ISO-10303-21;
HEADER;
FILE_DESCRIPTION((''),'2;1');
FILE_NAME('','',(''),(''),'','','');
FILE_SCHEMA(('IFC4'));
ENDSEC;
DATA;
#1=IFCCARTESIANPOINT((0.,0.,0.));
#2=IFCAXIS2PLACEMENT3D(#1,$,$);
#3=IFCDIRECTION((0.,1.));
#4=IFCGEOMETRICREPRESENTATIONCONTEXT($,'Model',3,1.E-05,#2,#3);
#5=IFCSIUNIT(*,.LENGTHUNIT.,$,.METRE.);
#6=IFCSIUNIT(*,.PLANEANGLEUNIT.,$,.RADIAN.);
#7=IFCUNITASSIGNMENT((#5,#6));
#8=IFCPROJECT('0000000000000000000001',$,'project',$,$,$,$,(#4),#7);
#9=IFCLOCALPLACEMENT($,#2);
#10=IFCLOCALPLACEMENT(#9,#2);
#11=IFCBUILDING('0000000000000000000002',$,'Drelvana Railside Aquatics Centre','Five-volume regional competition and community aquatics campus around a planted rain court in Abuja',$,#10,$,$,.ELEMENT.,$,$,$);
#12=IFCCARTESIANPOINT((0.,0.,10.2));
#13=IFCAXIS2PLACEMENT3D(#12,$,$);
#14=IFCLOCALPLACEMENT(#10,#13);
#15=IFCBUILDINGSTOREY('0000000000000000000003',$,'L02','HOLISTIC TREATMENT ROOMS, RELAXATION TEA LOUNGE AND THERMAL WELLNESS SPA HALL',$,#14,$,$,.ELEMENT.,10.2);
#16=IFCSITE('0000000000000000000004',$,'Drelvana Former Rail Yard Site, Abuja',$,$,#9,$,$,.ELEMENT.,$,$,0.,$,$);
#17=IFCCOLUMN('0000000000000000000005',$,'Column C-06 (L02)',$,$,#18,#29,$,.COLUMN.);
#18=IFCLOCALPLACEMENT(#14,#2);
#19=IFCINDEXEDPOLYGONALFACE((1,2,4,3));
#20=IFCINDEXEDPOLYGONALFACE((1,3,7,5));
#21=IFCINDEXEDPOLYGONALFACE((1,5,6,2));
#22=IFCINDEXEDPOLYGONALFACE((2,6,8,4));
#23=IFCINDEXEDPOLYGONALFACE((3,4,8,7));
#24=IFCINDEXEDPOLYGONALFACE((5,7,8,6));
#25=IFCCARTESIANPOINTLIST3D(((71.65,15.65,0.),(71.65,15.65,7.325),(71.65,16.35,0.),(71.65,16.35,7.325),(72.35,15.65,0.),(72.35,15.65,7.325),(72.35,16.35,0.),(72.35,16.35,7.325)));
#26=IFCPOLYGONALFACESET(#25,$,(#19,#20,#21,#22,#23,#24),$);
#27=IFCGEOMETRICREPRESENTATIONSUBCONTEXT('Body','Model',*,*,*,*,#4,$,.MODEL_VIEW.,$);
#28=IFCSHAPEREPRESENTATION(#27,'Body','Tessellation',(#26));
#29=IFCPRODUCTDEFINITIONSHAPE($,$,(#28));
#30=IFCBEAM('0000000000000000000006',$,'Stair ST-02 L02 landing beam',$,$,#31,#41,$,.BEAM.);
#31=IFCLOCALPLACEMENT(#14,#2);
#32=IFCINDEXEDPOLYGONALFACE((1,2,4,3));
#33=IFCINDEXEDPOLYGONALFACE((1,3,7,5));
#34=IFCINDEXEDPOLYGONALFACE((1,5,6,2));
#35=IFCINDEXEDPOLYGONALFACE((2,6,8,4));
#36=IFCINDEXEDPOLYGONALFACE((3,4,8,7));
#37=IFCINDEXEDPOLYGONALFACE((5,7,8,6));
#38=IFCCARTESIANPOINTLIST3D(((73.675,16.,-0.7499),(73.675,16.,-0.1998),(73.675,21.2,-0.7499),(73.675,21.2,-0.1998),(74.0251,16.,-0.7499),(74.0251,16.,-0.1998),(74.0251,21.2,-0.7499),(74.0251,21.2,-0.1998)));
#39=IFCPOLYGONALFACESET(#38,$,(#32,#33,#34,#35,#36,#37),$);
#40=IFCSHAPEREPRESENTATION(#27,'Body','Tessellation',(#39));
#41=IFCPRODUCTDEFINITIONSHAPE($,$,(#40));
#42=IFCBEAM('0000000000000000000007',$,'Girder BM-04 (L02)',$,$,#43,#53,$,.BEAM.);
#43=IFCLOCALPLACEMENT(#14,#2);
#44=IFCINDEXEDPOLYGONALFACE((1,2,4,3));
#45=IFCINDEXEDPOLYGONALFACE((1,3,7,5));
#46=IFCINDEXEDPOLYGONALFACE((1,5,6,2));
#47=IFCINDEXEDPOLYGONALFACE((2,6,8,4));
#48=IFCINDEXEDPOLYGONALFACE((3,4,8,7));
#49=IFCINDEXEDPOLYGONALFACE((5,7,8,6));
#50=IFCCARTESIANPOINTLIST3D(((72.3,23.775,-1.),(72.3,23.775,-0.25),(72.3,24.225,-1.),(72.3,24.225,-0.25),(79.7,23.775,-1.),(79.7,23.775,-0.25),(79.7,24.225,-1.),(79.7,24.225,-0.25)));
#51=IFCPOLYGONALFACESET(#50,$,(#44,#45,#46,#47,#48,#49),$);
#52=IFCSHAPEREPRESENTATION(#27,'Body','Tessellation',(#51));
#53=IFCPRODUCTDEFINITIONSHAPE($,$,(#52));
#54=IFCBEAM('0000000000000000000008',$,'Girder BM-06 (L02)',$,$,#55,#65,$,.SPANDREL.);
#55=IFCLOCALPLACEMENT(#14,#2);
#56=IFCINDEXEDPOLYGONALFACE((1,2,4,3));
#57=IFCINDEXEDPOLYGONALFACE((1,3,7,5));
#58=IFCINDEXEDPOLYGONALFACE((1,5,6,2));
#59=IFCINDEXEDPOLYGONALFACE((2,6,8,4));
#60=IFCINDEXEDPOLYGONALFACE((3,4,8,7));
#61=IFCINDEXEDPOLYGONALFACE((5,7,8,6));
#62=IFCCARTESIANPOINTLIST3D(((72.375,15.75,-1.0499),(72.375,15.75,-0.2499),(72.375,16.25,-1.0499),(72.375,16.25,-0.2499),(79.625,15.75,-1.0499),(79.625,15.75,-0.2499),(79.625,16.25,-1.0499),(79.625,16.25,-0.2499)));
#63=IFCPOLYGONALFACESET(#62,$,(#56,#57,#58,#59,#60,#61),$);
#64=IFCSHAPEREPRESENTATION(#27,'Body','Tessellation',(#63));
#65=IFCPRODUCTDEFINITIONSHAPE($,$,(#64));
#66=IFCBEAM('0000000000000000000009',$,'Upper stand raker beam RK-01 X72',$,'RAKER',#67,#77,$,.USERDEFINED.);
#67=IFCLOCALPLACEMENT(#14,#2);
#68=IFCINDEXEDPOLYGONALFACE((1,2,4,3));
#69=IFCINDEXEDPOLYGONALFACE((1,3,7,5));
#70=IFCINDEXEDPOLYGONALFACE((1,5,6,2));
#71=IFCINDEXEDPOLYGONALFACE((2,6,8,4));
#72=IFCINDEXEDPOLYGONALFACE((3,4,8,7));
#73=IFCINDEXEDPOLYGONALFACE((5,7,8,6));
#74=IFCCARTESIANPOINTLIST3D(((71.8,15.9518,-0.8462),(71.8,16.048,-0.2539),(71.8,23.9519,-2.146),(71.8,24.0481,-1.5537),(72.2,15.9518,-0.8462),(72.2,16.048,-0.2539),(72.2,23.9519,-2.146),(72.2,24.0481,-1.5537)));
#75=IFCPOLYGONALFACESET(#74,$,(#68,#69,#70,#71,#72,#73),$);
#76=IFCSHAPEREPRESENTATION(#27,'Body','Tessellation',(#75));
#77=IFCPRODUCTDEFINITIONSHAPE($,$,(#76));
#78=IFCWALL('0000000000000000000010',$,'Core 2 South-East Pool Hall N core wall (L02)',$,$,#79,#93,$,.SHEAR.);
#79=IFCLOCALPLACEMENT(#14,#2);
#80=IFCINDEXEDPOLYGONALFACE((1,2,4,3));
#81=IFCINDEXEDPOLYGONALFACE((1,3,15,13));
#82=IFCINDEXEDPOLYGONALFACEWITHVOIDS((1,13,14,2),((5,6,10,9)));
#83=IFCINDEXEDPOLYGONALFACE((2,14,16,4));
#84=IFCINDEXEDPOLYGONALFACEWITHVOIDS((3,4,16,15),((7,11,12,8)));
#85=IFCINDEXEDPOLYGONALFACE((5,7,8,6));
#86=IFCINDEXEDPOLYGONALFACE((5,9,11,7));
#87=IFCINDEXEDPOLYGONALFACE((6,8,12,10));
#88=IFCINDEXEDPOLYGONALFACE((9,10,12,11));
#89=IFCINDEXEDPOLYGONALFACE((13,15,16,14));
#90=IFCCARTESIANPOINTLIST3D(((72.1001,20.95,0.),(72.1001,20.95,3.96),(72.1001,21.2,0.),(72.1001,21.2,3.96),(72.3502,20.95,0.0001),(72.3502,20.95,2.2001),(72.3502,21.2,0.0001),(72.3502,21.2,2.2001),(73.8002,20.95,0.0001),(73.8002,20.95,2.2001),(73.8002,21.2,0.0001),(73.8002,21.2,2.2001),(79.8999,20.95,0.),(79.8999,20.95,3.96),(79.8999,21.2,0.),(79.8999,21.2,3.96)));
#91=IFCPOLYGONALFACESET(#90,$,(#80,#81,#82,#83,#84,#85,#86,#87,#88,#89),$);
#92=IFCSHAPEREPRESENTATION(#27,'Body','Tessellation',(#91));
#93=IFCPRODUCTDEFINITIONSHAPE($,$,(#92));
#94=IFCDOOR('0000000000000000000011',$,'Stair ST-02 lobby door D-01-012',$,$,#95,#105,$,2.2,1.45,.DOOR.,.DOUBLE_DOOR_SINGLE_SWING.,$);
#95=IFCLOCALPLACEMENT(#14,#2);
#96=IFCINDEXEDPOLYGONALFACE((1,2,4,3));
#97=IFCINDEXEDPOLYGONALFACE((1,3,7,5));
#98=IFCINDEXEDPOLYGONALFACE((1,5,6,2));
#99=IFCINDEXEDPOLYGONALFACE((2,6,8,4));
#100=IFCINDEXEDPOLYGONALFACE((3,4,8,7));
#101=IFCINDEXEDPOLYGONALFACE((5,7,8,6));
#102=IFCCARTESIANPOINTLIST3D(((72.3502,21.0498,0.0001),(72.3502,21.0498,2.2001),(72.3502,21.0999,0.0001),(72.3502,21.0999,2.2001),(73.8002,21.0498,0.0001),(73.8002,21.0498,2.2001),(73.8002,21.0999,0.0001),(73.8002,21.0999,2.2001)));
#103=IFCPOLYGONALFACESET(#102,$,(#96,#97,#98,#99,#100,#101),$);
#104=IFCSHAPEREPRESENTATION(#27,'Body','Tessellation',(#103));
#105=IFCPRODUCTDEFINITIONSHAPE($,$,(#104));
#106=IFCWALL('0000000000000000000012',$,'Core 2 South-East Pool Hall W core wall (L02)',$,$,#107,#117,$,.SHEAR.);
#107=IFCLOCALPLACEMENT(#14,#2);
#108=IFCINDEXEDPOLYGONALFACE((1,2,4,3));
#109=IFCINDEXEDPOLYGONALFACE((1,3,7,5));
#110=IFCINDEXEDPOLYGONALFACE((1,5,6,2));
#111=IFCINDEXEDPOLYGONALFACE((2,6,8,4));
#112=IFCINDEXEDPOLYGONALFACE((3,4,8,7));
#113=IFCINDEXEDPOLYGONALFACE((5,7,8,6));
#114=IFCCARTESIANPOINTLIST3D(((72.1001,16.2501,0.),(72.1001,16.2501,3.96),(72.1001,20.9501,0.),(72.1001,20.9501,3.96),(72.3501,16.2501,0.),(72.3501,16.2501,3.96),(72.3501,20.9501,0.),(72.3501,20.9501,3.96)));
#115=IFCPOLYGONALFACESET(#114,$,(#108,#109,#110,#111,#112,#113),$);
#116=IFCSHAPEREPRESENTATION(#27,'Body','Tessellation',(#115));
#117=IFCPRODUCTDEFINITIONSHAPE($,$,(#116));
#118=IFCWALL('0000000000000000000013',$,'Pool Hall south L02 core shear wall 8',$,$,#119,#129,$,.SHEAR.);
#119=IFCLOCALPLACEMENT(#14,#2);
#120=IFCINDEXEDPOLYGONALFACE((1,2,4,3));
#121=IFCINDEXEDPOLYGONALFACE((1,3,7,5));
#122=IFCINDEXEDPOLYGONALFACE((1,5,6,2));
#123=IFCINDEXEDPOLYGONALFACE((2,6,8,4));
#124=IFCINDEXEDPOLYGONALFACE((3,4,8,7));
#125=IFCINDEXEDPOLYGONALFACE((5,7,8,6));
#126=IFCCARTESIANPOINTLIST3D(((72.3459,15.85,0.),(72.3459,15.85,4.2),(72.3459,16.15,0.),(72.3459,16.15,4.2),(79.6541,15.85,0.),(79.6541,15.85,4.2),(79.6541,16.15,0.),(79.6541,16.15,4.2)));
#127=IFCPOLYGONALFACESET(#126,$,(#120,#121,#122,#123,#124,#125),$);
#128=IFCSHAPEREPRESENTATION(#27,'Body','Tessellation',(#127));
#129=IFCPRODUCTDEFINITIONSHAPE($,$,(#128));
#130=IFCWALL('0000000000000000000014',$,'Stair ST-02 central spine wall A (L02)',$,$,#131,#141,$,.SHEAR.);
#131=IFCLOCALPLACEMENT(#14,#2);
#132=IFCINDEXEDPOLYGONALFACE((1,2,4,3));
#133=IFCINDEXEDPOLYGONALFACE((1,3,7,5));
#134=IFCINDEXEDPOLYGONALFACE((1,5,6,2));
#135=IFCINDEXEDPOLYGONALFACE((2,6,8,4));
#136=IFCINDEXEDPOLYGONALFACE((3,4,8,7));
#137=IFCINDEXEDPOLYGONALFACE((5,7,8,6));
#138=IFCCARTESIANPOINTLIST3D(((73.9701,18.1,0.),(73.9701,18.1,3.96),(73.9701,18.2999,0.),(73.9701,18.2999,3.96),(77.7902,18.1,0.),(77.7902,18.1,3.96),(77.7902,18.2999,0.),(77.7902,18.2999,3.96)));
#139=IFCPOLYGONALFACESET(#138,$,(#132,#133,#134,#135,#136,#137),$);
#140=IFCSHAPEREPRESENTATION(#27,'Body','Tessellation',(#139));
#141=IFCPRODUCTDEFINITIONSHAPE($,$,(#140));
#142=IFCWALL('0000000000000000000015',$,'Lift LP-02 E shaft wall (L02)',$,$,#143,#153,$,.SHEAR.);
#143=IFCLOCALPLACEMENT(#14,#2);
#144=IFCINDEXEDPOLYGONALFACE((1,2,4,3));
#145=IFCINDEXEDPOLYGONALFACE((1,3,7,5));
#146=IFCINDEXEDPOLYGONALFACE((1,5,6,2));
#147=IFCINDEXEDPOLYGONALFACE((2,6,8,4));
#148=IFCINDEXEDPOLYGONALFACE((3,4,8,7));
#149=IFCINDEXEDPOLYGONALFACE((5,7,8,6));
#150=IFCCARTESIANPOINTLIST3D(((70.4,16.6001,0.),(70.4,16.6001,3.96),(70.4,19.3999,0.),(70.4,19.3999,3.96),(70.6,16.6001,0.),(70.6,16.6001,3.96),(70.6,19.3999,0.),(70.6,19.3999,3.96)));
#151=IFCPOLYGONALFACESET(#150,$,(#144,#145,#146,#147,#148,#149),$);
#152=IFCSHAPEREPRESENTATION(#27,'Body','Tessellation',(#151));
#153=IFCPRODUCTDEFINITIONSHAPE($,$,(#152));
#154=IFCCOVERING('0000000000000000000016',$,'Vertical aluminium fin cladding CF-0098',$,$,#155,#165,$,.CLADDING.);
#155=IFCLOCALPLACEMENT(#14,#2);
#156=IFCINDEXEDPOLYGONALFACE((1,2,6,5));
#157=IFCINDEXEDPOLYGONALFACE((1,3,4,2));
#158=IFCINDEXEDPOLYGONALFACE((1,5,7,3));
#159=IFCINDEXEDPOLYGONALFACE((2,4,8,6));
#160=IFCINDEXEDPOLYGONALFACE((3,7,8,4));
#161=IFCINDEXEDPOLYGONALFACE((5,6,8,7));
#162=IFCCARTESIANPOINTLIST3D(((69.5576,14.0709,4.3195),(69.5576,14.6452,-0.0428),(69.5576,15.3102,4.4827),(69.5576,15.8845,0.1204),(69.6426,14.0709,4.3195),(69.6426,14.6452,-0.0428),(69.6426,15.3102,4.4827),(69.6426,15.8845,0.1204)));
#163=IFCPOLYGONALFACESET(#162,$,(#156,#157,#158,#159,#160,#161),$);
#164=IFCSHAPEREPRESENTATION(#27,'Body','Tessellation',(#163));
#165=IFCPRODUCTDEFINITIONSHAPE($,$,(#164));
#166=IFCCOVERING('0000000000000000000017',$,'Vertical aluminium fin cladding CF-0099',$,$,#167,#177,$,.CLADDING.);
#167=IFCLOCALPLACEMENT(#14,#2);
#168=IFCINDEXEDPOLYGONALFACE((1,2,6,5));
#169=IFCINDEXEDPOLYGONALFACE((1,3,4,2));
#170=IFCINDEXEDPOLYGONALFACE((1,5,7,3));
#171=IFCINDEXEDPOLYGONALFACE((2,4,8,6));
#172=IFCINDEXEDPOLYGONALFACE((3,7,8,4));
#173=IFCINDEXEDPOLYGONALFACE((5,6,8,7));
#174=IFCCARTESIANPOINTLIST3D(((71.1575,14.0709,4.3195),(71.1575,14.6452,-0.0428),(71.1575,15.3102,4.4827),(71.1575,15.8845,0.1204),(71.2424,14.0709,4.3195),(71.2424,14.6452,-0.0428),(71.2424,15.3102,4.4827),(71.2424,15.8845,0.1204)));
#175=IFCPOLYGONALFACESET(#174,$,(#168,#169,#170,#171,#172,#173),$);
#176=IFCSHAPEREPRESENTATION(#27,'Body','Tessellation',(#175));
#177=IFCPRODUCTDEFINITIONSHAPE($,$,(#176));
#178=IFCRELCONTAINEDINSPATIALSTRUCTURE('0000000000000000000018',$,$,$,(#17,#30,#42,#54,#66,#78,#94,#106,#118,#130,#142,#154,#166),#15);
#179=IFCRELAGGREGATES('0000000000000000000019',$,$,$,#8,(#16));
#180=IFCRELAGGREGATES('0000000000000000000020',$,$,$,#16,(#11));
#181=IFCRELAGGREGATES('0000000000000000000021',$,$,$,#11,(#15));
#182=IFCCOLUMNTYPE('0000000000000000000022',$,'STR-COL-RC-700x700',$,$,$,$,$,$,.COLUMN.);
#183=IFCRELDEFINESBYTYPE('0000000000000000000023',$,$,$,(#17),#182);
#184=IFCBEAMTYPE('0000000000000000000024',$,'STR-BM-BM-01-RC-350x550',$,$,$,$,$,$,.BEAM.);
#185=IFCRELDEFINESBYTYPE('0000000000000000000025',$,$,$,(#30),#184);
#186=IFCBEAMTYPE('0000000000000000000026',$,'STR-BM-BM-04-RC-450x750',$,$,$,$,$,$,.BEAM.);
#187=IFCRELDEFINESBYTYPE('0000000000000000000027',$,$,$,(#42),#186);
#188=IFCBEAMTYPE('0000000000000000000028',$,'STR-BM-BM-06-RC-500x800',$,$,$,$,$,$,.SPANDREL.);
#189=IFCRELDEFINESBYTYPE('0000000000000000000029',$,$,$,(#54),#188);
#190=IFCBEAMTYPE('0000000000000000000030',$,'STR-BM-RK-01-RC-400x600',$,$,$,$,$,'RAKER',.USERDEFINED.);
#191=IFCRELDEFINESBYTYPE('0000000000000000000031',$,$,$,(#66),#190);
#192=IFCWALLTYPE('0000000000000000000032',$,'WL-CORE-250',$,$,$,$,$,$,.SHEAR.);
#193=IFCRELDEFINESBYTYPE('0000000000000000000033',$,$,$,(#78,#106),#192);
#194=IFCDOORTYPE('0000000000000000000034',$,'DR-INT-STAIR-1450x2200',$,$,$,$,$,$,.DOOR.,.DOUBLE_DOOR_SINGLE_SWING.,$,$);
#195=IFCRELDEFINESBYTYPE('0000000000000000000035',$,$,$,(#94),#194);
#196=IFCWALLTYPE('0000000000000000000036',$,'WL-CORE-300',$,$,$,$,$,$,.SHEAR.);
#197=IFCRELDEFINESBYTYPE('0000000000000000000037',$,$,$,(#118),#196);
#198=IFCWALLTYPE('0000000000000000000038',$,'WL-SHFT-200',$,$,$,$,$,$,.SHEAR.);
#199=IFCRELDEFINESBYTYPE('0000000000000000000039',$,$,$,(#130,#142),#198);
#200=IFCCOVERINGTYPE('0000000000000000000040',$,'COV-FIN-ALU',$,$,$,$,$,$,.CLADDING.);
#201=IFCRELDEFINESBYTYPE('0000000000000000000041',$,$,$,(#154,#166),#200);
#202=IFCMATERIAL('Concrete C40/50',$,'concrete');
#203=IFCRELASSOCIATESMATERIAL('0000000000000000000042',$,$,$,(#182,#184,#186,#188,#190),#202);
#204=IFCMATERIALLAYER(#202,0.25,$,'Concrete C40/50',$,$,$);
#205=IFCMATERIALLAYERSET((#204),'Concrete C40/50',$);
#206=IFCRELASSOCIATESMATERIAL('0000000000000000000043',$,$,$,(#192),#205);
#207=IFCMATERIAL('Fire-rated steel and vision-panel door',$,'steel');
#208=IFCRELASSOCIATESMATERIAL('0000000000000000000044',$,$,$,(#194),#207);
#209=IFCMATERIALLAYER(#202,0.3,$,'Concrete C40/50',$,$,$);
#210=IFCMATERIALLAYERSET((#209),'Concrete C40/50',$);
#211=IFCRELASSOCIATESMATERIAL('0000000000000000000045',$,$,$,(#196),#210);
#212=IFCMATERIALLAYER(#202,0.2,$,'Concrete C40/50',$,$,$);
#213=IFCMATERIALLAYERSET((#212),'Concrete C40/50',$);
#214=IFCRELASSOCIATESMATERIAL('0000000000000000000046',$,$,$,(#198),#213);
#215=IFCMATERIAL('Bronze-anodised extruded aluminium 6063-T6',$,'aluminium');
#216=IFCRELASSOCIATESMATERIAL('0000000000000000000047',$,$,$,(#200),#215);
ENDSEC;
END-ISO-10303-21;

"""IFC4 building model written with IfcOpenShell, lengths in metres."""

from ifc_helpers import new_model, si_unit, direction, frame, frame_2d, origin, origin_2d, place, context, subcontext, project, spatial, rectangle, extrude, material, layer, layer_set, material_profile, profile_set, type_object, element, fill, save


model = new_model("IFC4")

# Units and contexts
model_context = context("Model", 3, precision=1e-05, world=origin(), true_north=direction((0.0, 1.0)))
body_context = subcontext(model_context, "Body", "Model", "MODEL_VIEW")
ifc_project = project(units=[si_unit("LENGTHUNIT", "METRE"), si_unit("PLANEANGLEUNIT", "RADIAN")], contexts=[model_context])

# Site, building, storey
site_placement = place(None, origin())
site = spatial("IfcSite", under=ifc_project, at=site_placement, Name="Drelvana Former Rail Yard Site, Abuja", CompositionType="ELEMENT", RefElevation=0.0)
building_placement = place(site_placement, origin())
building = spatial("IfcBuilding", under=site, at=building_placement, Name="Drelvana Railside Aquatics Centre", Description="Five-volume regional competition and community aquatics campus around a planted rain court in Abuja", CompositionType="ELEMENT")
storey_placement = place(building_placement, frame((0.0, 0.0, 10.2)))
storey = spatial("IfcBuildingStorey", under=building, at=storey_placement, Name="L02", Description="HOLISTIC TREATMENT ROOMS, RELAXATION TEA LOUNGE AND THERMAL WELLNESS SPA HALL", CompositionType="ELEMENT", Elevation=10.2)

# Column
ifc_material_1 = material(Name="Concrete C40/50", Category="concrete")
ifc_material_profile_1 = material_profile(ifc_material_1, rectangle(XDim=0.7, YDim=0.7, at=origin_2d()), Name="RC 700x700")
ifc_profile_set_1 = profile_set([ifc_material_profile_1], Name="Concrete C40/50")
column_type = type_object("IfcColumnType", Name="STR-COL-RC-700x700", PredefinedType="COLUMN", material=ifc_profile_set_1)
column_placement = place(storey_placement, frame((72.0, 16.0, 0.0), z_axis=(0.0, 0.0, 1.0), x_axis=(1.0, 0.0, 0.0)))
element("IfcColumn", 1, at=column_placement, inside=storey, type_object=column_type, Name="Column C-06 (L02)", PredefinedType="COLUMN", context=body_context, shape_type="SweptSolid", body=[
    extrude(rectangle(XDim=0.7, YDim=0.7, at=origin_2d()), origin(), (0.0, 0.0, 1.0), 7.325),
])

# Beams
ifc_material_profile_2 = material_profile(ifc_material_1, rectangle(XDim=0.3501, YDim=0.55, at=origin_2d()), Name="RC 350x550")
ifc_profile_set_2 = profile_set([ifc_material_profile_2], Name="Concrete C40/50")
beam_type_1 = type_object("IfcBeamType", Name="STR-BM-BM-01-RC-350x550", PredefinedType="BEAM", material=ifc_profile_set_2)
beam_1_placement = place(storey_placement, frame((73.8501, 16.0, -0.4749), z_axis=(0.0, 1.0, 0.0), x_axis=(-1.0, 0.0, 0.0)))
element("IfcBeam", 2, at=beam_1_placement, inside=storey, type_object=beam_type_1, Name="Stair ST-02 L02 landing beam", PredefinedType="BEAM", context=body_context, shape_type="SweptSolid", body=[
    extrude(rectangle(XDim=0.3501, YDim=0.55, at=origin_2d()), origin(), (0.0, 0.0, 1.0), 5.2),
])
ifc_material_profile_3 = material_profile(ifc_material_1, rectangle(XDim=0.45, YDim=0.75, at=origin_2d()), Name="RC 450x750")
ifc_profile_set_3 = profile_set([ifc_material_profile_3], Name="Concrete C40/50")
beam_type_2 = type_object("IfcBeamType", Name="STR-BM-BM-04-RC-450x750", PredefinedType="BEAM", material=ifc_profile_set_3)
beam_2_placement = place(storey_placement, frame((72.3, 24.0, -0.625), z_axis=(1.0, 0.0, 0.0), x_axis=(0.0, 1.0, 0.0)))
element("IfcBeam", 3, at=beam_2_placement, inside=storey, type_object=beam_type_2, Name="Girder BM-04 (L02)", PredefinedType="BEAM", context=body_context, shape_type="SweptSolid", body=[
    extrude(rectangle(XDim=0.45, YDim=0.75, at=origin_2d()), origin(), (0.0, 0.0, 1.0), 7.3999),
])
ifc_material_profile_4 = material_profile(ifc_material_1, rectangle(XDim=0.5, YDim=0.8, at=origin_2d()), Name="RC 500x800")
ifc_profile_set_4 = profile_set([ifc_material_profile_4], Name="Concrete C40/50")
beam_type_3 = type_object("IfcBeamType", Name="STR-BM-BM-06-RC-500x800", PredefinedType="SPANDREL", material=ifc_profile_set_4)
beam_3_placement = place(storey_placement, frame((72.375, 16.0, -0.6499), z_axis=(1.0, 0.0, 0.0), x_axis=(0.0, 1.0, 0.0)))
element("IfcBeam", 4, at=beam_3_placement, inside=storey, type_object=beam_type_3, Name="Girder BM-06 (L02)", PredefinedType="SPANDREL", context=body_context, shape_type="SweptSolid", body=[
    extrude(rectangle(XDim=0.5, YDim=0.8, at=origin_2d()), origin(), (0.0, 0.0, 1.0), 7.25),
])
ifc_material_profile_5 = material_profile(ifc_material_1, rectangle(XDim=0.3999, YDim=0.6001, at=origin_2d()), Name="RC 400x600")
ifc_profile_set_5 = profile_set([ifc_material_profile_5], Name="Concrete C40/50")
beam_type_4 = type_object("IfcBeamType", Name="STR-BM-RK-01-RC-400x600", ElementType="RAKER", PredefinedType="USERDEFINED", material=ifc_profile_set_5)
beam_4_placement = place(storey_placement, frame((72.0, 24.0, -1.8499), z_axis=(0.0, -0.987057, 0.160373), x_axis=(1.0, 0.0, 0.0)))
element("IfcBeam", 5, at=beam_4_placement, inside=storey, type_object=beam_type_4, Name="Upper stand raker beam RK-01 X72", ObjectType="RAKER", PredefinedType="USERDEFINED", context=body_context, shape_type="SweptSolid", body=[
    extrude(rectangle(XDim=0.3999, YDim=0.6001, at=origin_2d()), origin(), (0.0, 0.0, 1.0), 8.105),
])

# Wall, opening, door
ifc_layer_1 = layer(ifc_material_1, 0.25, Name="Concrete C40/50")
ifc_layer_set_1 = layer_set([ifc_layer_1], Name="Concrete C40/50")
wall_type_1 = type_object("IfcWallType", Name="WL-CORE-250", PredefinedType="SHEAR", material=ifc_layer_set_1)
wall_1_placement = place(storey_placement, frame((72.1001, 21.075, 0.0), z_axis=(0.0, 0.0, 1.0), x_axis=(1.0, 0.0, 0.0)))
wall_1 = element("IfcWall", 6, at=wall_1_placement, inside=storey, type_object=wall_type_1, Name="Core 2 South-East Pool Hall N core wall (L02)", PredefinedType="SHEAR", context=body_context, shape_type="SweptSolid", body=[
    extrude(rectangle(XDim=7.7998, YDim=0.25, at=frame_2d((3.8999, 0.0))), origin(), (0.0, 0.0, 1.0), 3.96),
])
opening_placement = place(wall_1_placement, frame((0.25, 0.0, 0.0)))
opening = element("IfcOpeningElement", 7, at=opening_placement, cuts=wall_1, PredefinedType="OPENING", context=body_context, shape_type="SweptSolid", body=[
    extrude(rectangle(XDim=1.45, YDim=2.2, at=frame_2d((0.7251, 1.1001))), frame((0.0, 0.135, 0.0), z_axis=(0.0, -1.0, 0.0), x_axis=(1.0, 0.0, 0.0)), (0.0, 0.0, 1.0), 0.27),
])
ifc_material_2 = material(Name="Fire-rated steel and vision-panel door", Category="steel")
door_type = type_object("IfcDoorType", Name="DR-INT-STAIR-1450x2200", OperationType="DOUBLE_DOOR_SINGLE_SWING", PredefinedType="DOOR", material=ifc_material_2)
door_placement = place(opening_placement, origin())
door = element("IfcDoor", 8, at=door_placement, inside=storey, type_object=door_type, Name="Stair ST-02 lobby door D-01-012", OperationType="DOUBLE_DOOR_SINGLE_SWING", OverallHeight=2.2, OverallWidth=1.45, PredefinedType="DOOR", context=body_context, shape_type="SweptSolid", body=[
    extrude(rectangle(XDim=1.45, YDim=2.2, at=frame_2d((0.7251, 1.1001))), frame((0.0, 0.0249, 0.0), z_axis=(0.0, -1.0, 0.0), x_axis=(1.0, 0.0, 0.0)), (0.0, 0.0, 1.0), 0.05),
])
fill(opening, door)

# Walls
wall_2_placement = place(storey_placement, frame((72.2251, 16.25, 0.0), z_axis=(0.0, 0.0, 1.0), x_axis=(0.0, 1.0, 0.0)))
element("IfcWall", 9, at=wall_2_placement, inside=storey, type_object=wall_type_1, Name="Core 2 South-East Pool Hall W core wall (L02)", PredefinedType="SHEAR", context=body_context, shape_type="SweptSolid", body=[
    extrude(rectangle(XDim=4.7, YDim=0.25, at=frame_2d((2.3501, 0.0))), origin(), (0.0, 0.0, 1.0), 3.96),
])
ifc_layer_2 = layer(ifc_material_1, 0.3, Name="Concrete C40/50")
ifc_layer_set_2 = layer_set([ifc_layer_2], Name="Concrete C40/50")
wall_type_2 = type_object("IfcWallType", Name="WL-CORE-300", PredefinedType="SHEAR", material=ifc_layer_set_2)
wall_3_placement = place(storey_placement, frame((72.3459, 16.0, 0.0), z_axis=(0.0, 0.0, 1.0), x_axis=(1.0, 0.0, 0.0)))
element("IfcWall", 10, at=wall_3_placement, inside=storey, type_object=wall_type_2, Name="Pool Hall south L02 core shear wall 8", PredefinedType="SHEAR", context=body_context, shape_type="SweptSolid", body=[
    extrude(rectangle(XDim=7.3081, YDim=0.3, at=frame_2d((3.6541, 0.0))), origin(), (0.0, 0.0, 1.0), 4.2),
])
ifc_layer_3 = layer(ifc_material_1, 0.2, Name="Concrete C40/50")
ifc_layer_set_3 = layer_set([ifc_layer_3], Name="Concrete C40/50")
wall_type_3 = type_object("IfcWallType", Name="WL-SHFT-200", PredefinedType="SHEAR", material=ifc_layer_set_3)
wall_4_placement = place(storey_placement, frame((73.97, 18.2, 0.0), z_axis=(0.0, 0.0, 1.0), x_axis=(1.0, 0.0, 0.0)))
element("IfcWall", 11, at=wall_4_placement, inside=storey, type_object=wall_type_3, Name="Stair ST-02 central spine wall A (L02)", PredefinedType="SHEAR", context=body_context, shape_type="SweptSolid", body=[
    extrude(rectangle(XDim=3.8201, YDim=0.2, at=frame_2d((1.9102, 0.0))), origin(), (0.0, 0.0, 1.0), 3.96),
])
wall_5_placement = place(storey_placement, frame((70.5, 16.6001, 0.0), z_axis=(0.0, 0.0, 1.0), x_axis=(0.0, 1.0, 0.0)))
element("IfcWall", 12, at=wall_5_placement, inside=storey, type_object=wall_type_3, Name="Lift LP-02 E shaft wall (L02)", PredefinedType="SHEAR", context=body_context, shape_type="SweptSolid", body=[
    extrude(rectangle(XDim=2.7998, YDim=0.2, at=frame_2d((1.3999, 0.0))), origin(), (0.0, 0.0, 1.0), 3.96),
])

# Coverings
ifc_material_3 = material(Name="Bronze-anodised extruded aluminium 6063-T6", Category="aluminium")
covering_type = type_object("IfcCoveringType", Name="COV-FIN-ALU", PredefinedType="CLADDING", material=ifc_material_3)
for number, where, z_axis, x_axis, name in (
    (13, (69.6001, 15.2649, 0.0388), (0.0, -0.130526, 0.991445), (-1.0, 0.0, 0.0), "Vertical aluminium fin cladding CF-0098"),
    (14, (71.2, 15.2649, 0.0388), (0.0, -0.130526, 0.991445), (-1.0, 0.0, 0.0), "Vertical aluminium fin cladding CF-0099"),
):
    element("IfcCovering", number, at=place(storey_placement, frame(where, z_axis=z_axis, x_axis=x_axis)), inside=storey, type_object=covering_type, Name=name, PredefinedType="CLADDING", context=body_context, shape_type="SweptSolid", body=[
        extrude(rectangle(XDim=0.085, YDim=1.25, at=origin_2d()), origin(), (0.0, 0.0, 1.0), 4.3999),
    ])

save(model, "model.ifc")
